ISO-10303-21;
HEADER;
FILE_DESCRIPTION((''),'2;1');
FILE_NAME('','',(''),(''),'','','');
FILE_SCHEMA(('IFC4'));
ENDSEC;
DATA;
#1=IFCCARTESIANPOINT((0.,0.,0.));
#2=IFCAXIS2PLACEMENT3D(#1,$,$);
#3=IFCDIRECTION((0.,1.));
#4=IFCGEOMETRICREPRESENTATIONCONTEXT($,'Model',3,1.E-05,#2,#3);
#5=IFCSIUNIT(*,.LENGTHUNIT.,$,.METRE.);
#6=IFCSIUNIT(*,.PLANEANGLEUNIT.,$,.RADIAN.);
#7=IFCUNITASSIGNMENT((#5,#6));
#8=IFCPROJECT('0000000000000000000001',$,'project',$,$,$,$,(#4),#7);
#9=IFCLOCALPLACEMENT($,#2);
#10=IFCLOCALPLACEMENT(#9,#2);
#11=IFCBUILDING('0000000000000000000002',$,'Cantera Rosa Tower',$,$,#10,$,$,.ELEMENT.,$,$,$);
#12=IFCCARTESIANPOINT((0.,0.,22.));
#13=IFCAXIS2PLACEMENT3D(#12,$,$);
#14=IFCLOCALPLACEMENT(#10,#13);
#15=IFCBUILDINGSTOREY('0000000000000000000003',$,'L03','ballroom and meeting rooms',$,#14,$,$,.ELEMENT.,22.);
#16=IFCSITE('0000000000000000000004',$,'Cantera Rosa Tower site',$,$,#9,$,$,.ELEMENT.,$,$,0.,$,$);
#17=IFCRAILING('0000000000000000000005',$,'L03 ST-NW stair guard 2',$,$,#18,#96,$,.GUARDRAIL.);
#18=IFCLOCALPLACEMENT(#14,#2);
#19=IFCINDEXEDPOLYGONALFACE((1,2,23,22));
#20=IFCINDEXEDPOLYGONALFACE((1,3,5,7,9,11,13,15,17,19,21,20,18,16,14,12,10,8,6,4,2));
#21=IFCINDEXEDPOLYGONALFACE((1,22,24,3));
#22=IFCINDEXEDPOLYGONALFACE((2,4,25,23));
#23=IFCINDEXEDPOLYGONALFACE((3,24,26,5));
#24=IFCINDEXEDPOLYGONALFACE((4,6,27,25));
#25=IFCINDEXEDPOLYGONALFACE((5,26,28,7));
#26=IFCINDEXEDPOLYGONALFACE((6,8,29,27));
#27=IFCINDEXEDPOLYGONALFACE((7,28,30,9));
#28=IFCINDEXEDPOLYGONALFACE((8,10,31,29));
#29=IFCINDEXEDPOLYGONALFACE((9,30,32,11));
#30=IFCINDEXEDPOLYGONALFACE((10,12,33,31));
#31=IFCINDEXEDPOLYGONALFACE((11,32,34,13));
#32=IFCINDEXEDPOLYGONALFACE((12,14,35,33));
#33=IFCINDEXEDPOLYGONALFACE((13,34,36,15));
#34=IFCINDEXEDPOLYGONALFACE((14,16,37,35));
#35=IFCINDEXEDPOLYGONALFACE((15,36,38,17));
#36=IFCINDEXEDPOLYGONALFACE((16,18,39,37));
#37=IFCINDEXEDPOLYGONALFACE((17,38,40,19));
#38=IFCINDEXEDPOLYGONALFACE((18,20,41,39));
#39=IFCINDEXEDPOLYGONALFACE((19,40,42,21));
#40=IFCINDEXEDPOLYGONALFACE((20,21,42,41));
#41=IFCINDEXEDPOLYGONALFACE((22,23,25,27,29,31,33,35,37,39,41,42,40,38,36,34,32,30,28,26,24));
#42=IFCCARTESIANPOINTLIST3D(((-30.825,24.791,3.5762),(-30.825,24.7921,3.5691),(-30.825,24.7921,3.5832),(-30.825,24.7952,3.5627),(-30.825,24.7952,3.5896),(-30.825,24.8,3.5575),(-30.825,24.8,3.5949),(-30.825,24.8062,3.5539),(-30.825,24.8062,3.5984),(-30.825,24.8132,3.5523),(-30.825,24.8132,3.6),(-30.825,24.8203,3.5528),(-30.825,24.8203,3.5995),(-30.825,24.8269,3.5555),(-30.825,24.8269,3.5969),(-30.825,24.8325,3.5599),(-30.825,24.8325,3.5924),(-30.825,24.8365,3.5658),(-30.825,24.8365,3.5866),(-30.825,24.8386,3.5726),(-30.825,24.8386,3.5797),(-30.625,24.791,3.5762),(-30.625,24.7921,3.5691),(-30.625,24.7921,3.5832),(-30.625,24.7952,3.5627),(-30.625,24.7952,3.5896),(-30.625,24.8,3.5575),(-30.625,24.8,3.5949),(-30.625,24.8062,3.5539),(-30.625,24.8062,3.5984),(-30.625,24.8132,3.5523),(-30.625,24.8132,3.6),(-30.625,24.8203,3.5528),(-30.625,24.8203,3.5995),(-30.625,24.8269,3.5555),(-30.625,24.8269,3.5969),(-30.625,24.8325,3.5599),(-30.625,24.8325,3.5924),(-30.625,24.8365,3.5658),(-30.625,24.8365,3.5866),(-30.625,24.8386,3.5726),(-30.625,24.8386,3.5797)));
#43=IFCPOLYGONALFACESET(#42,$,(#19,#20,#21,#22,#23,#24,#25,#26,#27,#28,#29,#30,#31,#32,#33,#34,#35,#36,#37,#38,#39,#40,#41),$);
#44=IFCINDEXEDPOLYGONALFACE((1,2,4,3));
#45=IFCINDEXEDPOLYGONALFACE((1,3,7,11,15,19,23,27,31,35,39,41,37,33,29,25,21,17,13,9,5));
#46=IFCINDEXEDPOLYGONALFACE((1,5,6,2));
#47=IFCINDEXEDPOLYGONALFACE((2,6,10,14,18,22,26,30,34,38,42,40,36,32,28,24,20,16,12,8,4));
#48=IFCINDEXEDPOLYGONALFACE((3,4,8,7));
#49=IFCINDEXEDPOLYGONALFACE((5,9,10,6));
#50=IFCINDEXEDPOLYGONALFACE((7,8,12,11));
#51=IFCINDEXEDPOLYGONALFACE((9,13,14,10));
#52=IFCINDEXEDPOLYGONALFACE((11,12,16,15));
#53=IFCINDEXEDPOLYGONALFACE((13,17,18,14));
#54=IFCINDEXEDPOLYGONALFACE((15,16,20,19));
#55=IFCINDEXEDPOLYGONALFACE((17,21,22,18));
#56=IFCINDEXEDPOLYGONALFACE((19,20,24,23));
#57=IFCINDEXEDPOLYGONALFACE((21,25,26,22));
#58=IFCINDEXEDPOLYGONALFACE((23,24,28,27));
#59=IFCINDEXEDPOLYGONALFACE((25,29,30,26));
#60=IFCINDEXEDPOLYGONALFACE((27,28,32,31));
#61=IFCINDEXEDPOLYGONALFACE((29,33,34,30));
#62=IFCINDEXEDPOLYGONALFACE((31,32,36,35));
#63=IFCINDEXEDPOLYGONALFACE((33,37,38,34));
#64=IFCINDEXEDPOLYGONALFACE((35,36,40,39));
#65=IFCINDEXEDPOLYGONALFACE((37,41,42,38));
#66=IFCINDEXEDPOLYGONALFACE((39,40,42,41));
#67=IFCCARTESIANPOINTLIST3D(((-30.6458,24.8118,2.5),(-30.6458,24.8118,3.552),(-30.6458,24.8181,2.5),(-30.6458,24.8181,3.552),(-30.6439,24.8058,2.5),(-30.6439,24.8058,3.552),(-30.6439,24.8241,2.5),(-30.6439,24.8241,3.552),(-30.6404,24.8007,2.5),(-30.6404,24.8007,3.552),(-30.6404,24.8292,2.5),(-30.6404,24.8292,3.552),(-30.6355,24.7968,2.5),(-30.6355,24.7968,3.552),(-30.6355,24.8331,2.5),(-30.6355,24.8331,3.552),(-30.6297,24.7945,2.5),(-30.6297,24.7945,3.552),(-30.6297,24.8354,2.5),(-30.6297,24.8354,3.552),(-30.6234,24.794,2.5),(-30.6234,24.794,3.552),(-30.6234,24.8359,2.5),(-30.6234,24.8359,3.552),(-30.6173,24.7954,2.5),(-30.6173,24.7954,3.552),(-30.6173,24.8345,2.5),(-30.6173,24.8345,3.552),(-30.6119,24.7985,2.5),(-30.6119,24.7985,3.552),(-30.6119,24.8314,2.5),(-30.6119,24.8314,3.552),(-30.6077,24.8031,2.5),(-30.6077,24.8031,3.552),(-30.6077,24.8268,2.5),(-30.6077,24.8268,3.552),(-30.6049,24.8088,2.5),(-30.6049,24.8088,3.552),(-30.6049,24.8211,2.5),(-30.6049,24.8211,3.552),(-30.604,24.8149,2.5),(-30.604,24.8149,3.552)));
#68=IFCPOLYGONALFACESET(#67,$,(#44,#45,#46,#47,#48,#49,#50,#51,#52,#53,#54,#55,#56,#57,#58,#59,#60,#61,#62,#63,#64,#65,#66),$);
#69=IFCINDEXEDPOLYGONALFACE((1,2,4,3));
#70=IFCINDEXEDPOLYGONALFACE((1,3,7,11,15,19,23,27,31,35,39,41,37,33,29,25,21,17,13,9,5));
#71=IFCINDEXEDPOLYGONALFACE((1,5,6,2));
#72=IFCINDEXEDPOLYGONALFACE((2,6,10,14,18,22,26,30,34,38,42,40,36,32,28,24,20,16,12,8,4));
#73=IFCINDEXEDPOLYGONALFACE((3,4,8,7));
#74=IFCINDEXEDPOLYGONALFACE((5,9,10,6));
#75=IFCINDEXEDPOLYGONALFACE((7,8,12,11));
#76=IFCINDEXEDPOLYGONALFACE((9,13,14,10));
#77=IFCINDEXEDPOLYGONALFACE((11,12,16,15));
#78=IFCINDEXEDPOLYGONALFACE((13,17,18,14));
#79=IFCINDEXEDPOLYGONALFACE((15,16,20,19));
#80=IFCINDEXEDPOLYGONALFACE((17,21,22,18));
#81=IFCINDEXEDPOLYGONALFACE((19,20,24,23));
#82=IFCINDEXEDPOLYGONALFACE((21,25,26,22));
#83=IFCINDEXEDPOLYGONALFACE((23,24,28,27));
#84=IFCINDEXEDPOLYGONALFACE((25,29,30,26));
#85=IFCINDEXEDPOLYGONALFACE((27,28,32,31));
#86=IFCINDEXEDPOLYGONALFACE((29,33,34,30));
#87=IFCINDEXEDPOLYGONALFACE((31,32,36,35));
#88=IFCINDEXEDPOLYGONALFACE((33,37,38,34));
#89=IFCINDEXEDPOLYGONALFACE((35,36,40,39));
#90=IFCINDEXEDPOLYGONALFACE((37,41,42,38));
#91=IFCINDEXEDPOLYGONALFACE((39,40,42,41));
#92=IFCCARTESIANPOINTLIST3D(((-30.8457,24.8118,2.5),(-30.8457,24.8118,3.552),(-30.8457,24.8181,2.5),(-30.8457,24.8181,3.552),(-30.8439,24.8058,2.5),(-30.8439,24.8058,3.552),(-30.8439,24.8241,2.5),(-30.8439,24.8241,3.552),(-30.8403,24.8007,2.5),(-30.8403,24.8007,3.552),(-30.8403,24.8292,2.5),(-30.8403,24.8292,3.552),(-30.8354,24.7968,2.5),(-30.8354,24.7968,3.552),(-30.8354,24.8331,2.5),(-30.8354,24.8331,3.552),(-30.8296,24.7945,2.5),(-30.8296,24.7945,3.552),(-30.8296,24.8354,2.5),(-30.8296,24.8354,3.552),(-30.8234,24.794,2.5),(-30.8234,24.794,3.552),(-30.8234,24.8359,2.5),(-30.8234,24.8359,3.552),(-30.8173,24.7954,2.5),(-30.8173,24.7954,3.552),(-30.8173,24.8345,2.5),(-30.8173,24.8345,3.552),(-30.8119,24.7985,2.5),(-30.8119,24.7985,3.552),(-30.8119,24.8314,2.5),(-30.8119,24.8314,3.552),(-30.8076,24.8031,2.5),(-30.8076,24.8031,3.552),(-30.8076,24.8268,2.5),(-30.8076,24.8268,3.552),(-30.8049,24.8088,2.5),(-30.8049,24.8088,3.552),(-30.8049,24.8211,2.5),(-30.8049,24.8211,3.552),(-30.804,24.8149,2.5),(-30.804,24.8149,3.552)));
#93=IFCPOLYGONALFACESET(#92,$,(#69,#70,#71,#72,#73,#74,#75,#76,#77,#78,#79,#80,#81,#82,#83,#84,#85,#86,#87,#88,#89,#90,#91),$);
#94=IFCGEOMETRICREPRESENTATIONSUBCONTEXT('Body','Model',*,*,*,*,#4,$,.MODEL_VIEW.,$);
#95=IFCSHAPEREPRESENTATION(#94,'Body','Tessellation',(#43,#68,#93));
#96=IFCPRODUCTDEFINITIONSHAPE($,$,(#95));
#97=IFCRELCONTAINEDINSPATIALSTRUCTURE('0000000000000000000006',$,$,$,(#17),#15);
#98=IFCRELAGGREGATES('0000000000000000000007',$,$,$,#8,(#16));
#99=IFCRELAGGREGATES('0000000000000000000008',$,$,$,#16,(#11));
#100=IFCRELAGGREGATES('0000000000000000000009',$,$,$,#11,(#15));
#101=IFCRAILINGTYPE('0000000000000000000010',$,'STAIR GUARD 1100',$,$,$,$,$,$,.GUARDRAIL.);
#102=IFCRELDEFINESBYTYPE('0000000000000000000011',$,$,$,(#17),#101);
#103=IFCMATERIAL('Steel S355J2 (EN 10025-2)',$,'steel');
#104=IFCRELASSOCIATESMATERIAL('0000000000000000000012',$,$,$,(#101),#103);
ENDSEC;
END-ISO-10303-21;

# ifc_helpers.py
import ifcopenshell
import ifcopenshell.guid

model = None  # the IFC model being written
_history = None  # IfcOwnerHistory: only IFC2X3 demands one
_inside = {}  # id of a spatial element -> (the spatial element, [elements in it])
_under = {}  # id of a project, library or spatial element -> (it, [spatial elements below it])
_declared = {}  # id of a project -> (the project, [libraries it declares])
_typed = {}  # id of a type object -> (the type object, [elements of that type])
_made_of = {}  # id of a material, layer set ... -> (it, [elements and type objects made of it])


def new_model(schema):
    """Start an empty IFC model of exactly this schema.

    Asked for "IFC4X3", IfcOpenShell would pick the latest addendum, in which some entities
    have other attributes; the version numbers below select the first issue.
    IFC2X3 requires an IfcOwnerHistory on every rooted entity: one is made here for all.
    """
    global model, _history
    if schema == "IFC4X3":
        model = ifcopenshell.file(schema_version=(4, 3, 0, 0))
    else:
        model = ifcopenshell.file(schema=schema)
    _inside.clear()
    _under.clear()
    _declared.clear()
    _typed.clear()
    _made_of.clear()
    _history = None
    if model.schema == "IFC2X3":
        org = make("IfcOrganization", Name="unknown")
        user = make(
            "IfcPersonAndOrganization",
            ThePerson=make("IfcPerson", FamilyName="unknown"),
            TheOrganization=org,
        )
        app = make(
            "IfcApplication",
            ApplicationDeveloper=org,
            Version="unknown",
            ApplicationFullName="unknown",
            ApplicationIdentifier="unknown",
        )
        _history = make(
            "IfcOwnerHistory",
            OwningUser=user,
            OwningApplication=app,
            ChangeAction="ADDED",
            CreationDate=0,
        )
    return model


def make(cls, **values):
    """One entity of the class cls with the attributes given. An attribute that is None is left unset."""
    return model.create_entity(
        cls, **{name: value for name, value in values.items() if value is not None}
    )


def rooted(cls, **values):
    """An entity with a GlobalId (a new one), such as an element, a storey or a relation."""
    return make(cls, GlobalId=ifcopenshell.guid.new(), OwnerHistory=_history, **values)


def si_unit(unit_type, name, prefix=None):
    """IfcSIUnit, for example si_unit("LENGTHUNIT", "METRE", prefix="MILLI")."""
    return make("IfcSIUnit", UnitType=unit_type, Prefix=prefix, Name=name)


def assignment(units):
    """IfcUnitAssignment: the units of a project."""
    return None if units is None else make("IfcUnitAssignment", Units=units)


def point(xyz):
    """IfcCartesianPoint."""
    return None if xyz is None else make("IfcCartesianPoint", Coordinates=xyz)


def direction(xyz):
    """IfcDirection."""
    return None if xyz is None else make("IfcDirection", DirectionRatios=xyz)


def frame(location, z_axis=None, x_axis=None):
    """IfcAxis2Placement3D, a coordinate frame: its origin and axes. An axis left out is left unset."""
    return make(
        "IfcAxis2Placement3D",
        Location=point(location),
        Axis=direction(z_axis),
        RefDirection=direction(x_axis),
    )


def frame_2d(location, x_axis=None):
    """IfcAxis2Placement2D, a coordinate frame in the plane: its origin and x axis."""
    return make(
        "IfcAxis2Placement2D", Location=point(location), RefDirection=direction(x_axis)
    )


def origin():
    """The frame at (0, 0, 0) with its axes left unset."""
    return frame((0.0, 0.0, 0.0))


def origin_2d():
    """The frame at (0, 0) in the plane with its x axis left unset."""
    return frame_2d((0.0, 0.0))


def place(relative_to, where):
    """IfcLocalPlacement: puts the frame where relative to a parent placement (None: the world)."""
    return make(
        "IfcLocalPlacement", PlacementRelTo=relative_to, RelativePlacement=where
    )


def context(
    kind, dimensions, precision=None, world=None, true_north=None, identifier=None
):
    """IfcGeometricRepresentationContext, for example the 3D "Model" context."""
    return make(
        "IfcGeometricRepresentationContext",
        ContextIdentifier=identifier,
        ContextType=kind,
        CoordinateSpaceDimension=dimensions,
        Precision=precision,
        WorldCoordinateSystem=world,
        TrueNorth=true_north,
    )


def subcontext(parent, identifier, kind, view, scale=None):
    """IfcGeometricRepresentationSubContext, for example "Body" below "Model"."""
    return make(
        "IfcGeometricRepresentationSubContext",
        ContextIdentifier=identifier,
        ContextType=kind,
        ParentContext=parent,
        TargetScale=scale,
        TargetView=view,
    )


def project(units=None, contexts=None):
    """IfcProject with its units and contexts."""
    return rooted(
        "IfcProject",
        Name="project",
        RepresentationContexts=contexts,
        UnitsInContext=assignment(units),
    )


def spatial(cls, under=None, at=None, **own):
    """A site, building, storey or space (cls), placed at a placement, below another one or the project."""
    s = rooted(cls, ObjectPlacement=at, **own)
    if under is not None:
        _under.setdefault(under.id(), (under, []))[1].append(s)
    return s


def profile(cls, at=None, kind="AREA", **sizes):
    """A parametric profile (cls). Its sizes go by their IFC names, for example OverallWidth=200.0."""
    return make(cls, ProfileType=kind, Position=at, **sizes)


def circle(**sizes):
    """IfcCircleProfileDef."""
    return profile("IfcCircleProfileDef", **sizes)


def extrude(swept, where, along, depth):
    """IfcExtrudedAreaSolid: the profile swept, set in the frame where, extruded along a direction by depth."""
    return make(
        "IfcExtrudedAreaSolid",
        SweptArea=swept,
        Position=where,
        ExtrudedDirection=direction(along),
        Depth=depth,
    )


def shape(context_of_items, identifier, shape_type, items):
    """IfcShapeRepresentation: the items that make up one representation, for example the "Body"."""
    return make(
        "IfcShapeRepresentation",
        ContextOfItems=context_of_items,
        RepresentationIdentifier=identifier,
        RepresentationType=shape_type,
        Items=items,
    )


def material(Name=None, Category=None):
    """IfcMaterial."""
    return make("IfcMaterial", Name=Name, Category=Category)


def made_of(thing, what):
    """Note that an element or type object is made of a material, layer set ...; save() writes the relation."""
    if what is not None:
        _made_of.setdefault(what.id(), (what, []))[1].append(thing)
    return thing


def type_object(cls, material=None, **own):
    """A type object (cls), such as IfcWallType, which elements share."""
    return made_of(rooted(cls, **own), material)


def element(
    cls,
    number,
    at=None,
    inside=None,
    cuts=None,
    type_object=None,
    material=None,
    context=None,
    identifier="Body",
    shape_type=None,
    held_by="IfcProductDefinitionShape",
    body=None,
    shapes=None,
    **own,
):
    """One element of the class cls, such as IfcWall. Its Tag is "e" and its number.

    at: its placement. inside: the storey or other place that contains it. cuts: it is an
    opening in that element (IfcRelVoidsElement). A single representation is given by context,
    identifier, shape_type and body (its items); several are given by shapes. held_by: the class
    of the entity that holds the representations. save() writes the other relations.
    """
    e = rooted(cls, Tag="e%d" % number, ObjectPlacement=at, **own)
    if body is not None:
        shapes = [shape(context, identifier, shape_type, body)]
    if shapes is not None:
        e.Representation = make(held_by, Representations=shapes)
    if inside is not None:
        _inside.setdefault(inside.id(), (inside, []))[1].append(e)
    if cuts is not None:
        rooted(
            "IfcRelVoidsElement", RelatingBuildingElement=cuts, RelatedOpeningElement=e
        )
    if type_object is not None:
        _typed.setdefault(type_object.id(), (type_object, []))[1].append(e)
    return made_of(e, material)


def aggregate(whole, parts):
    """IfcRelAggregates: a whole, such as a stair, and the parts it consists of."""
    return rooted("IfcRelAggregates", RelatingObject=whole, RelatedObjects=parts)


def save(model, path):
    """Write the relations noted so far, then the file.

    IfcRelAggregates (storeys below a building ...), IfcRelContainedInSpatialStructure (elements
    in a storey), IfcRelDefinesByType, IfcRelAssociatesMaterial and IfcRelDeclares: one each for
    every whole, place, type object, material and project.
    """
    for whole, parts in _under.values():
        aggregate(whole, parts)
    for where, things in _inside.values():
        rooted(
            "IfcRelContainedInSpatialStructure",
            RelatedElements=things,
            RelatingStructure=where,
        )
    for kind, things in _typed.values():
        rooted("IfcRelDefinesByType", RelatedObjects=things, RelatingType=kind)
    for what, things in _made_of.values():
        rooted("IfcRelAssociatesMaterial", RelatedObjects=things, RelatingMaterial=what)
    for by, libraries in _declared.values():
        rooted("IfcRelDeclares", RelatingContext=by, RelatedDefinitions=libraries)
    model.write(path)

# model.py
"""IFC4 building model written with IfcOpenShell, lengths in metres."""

from ifc_helpers import new_model, si_unit, direction, frame, origin, origin_2d, place, context, subcontext, project, spatial, circle, extrude, material, type_object, element, save


model = new_model("IFC4")

# Units and contexts
model_context = context("Model", 3, precision=1e-05, world=origin(), true_north=direction((0.0, 1.0)))
body_context = subcontext(model_context, "Body", "Model", "MODEL_VIEW")
ifc_project = project(units=[si_unit("LENGTHUNIT", "METRE"), si_unit("PLANEANGLEUNIT", "RADIAN")], contexts=[model_context])

# Site, building, storey
site_placement = place(None, origin())
site = spatial("IfcSite", under=ifc_project, at=site_placement, Name="Cantera Rosa Tower site", CompositionType="ELEMENT", RefElevation=0.0)
building_placement = place(site_placement, origin())
building = spatial("IfcBuilding", under=site, at=building_placement, Name="Cantera Rosa Tower", CompositionType="ELEMENT")
storey_placement = place(building_placement, frame((0.0, 0.0, 22.0)))
storey = spatial("IfcBuildingStorey", under=building, at=storey_placement, Name="L03", Description="ballroom and meeting rooms", CompositionType="ELEMENT", Elevation=22.0)

# Railing
ifc_material_1 = material(Name="Steel S355J2 (EN 10025-2)", Category="steel")
railing_type_1 = type_object("IfcRailingType", Name="STAIR GUARD 1100", PredefinedType="GUARDRAIL", material=ifc_material_1)
railing_1_placement = place(storey_placement, frame((-30.625, 24.8149, 2.5)))
element("IfcRailing", 1, at=railing_1_placement, inside=storey, type_object=railing_type_1, Name="L03 ST-NW stair guard 2", PredefinedType="GUARDRAIL", context=body_context, shape_type="SweptSolid", body=[
    extrude(circle(Radius=0.0239, at=origin_2d()), frame((0.0, 0.0, 1.0762), z_axis=(-1.0, 0.0, 0.0), x_axis=(0.0, -1.0, 0.0)), (0.0, 0.0, 1.0), 0.2),
    extrude(circle(Radius=0.021, at=origin_2d()), origin(), (0.0, 0.0, 1.0), 1.052),
    extrude(circle(Radius=0.021, at=origin_2d()), frame((-0.2, 0.0, 0.0)), (0.0, 0.0, 1.0), 1.052),
])

save(model, "model.ifc")
